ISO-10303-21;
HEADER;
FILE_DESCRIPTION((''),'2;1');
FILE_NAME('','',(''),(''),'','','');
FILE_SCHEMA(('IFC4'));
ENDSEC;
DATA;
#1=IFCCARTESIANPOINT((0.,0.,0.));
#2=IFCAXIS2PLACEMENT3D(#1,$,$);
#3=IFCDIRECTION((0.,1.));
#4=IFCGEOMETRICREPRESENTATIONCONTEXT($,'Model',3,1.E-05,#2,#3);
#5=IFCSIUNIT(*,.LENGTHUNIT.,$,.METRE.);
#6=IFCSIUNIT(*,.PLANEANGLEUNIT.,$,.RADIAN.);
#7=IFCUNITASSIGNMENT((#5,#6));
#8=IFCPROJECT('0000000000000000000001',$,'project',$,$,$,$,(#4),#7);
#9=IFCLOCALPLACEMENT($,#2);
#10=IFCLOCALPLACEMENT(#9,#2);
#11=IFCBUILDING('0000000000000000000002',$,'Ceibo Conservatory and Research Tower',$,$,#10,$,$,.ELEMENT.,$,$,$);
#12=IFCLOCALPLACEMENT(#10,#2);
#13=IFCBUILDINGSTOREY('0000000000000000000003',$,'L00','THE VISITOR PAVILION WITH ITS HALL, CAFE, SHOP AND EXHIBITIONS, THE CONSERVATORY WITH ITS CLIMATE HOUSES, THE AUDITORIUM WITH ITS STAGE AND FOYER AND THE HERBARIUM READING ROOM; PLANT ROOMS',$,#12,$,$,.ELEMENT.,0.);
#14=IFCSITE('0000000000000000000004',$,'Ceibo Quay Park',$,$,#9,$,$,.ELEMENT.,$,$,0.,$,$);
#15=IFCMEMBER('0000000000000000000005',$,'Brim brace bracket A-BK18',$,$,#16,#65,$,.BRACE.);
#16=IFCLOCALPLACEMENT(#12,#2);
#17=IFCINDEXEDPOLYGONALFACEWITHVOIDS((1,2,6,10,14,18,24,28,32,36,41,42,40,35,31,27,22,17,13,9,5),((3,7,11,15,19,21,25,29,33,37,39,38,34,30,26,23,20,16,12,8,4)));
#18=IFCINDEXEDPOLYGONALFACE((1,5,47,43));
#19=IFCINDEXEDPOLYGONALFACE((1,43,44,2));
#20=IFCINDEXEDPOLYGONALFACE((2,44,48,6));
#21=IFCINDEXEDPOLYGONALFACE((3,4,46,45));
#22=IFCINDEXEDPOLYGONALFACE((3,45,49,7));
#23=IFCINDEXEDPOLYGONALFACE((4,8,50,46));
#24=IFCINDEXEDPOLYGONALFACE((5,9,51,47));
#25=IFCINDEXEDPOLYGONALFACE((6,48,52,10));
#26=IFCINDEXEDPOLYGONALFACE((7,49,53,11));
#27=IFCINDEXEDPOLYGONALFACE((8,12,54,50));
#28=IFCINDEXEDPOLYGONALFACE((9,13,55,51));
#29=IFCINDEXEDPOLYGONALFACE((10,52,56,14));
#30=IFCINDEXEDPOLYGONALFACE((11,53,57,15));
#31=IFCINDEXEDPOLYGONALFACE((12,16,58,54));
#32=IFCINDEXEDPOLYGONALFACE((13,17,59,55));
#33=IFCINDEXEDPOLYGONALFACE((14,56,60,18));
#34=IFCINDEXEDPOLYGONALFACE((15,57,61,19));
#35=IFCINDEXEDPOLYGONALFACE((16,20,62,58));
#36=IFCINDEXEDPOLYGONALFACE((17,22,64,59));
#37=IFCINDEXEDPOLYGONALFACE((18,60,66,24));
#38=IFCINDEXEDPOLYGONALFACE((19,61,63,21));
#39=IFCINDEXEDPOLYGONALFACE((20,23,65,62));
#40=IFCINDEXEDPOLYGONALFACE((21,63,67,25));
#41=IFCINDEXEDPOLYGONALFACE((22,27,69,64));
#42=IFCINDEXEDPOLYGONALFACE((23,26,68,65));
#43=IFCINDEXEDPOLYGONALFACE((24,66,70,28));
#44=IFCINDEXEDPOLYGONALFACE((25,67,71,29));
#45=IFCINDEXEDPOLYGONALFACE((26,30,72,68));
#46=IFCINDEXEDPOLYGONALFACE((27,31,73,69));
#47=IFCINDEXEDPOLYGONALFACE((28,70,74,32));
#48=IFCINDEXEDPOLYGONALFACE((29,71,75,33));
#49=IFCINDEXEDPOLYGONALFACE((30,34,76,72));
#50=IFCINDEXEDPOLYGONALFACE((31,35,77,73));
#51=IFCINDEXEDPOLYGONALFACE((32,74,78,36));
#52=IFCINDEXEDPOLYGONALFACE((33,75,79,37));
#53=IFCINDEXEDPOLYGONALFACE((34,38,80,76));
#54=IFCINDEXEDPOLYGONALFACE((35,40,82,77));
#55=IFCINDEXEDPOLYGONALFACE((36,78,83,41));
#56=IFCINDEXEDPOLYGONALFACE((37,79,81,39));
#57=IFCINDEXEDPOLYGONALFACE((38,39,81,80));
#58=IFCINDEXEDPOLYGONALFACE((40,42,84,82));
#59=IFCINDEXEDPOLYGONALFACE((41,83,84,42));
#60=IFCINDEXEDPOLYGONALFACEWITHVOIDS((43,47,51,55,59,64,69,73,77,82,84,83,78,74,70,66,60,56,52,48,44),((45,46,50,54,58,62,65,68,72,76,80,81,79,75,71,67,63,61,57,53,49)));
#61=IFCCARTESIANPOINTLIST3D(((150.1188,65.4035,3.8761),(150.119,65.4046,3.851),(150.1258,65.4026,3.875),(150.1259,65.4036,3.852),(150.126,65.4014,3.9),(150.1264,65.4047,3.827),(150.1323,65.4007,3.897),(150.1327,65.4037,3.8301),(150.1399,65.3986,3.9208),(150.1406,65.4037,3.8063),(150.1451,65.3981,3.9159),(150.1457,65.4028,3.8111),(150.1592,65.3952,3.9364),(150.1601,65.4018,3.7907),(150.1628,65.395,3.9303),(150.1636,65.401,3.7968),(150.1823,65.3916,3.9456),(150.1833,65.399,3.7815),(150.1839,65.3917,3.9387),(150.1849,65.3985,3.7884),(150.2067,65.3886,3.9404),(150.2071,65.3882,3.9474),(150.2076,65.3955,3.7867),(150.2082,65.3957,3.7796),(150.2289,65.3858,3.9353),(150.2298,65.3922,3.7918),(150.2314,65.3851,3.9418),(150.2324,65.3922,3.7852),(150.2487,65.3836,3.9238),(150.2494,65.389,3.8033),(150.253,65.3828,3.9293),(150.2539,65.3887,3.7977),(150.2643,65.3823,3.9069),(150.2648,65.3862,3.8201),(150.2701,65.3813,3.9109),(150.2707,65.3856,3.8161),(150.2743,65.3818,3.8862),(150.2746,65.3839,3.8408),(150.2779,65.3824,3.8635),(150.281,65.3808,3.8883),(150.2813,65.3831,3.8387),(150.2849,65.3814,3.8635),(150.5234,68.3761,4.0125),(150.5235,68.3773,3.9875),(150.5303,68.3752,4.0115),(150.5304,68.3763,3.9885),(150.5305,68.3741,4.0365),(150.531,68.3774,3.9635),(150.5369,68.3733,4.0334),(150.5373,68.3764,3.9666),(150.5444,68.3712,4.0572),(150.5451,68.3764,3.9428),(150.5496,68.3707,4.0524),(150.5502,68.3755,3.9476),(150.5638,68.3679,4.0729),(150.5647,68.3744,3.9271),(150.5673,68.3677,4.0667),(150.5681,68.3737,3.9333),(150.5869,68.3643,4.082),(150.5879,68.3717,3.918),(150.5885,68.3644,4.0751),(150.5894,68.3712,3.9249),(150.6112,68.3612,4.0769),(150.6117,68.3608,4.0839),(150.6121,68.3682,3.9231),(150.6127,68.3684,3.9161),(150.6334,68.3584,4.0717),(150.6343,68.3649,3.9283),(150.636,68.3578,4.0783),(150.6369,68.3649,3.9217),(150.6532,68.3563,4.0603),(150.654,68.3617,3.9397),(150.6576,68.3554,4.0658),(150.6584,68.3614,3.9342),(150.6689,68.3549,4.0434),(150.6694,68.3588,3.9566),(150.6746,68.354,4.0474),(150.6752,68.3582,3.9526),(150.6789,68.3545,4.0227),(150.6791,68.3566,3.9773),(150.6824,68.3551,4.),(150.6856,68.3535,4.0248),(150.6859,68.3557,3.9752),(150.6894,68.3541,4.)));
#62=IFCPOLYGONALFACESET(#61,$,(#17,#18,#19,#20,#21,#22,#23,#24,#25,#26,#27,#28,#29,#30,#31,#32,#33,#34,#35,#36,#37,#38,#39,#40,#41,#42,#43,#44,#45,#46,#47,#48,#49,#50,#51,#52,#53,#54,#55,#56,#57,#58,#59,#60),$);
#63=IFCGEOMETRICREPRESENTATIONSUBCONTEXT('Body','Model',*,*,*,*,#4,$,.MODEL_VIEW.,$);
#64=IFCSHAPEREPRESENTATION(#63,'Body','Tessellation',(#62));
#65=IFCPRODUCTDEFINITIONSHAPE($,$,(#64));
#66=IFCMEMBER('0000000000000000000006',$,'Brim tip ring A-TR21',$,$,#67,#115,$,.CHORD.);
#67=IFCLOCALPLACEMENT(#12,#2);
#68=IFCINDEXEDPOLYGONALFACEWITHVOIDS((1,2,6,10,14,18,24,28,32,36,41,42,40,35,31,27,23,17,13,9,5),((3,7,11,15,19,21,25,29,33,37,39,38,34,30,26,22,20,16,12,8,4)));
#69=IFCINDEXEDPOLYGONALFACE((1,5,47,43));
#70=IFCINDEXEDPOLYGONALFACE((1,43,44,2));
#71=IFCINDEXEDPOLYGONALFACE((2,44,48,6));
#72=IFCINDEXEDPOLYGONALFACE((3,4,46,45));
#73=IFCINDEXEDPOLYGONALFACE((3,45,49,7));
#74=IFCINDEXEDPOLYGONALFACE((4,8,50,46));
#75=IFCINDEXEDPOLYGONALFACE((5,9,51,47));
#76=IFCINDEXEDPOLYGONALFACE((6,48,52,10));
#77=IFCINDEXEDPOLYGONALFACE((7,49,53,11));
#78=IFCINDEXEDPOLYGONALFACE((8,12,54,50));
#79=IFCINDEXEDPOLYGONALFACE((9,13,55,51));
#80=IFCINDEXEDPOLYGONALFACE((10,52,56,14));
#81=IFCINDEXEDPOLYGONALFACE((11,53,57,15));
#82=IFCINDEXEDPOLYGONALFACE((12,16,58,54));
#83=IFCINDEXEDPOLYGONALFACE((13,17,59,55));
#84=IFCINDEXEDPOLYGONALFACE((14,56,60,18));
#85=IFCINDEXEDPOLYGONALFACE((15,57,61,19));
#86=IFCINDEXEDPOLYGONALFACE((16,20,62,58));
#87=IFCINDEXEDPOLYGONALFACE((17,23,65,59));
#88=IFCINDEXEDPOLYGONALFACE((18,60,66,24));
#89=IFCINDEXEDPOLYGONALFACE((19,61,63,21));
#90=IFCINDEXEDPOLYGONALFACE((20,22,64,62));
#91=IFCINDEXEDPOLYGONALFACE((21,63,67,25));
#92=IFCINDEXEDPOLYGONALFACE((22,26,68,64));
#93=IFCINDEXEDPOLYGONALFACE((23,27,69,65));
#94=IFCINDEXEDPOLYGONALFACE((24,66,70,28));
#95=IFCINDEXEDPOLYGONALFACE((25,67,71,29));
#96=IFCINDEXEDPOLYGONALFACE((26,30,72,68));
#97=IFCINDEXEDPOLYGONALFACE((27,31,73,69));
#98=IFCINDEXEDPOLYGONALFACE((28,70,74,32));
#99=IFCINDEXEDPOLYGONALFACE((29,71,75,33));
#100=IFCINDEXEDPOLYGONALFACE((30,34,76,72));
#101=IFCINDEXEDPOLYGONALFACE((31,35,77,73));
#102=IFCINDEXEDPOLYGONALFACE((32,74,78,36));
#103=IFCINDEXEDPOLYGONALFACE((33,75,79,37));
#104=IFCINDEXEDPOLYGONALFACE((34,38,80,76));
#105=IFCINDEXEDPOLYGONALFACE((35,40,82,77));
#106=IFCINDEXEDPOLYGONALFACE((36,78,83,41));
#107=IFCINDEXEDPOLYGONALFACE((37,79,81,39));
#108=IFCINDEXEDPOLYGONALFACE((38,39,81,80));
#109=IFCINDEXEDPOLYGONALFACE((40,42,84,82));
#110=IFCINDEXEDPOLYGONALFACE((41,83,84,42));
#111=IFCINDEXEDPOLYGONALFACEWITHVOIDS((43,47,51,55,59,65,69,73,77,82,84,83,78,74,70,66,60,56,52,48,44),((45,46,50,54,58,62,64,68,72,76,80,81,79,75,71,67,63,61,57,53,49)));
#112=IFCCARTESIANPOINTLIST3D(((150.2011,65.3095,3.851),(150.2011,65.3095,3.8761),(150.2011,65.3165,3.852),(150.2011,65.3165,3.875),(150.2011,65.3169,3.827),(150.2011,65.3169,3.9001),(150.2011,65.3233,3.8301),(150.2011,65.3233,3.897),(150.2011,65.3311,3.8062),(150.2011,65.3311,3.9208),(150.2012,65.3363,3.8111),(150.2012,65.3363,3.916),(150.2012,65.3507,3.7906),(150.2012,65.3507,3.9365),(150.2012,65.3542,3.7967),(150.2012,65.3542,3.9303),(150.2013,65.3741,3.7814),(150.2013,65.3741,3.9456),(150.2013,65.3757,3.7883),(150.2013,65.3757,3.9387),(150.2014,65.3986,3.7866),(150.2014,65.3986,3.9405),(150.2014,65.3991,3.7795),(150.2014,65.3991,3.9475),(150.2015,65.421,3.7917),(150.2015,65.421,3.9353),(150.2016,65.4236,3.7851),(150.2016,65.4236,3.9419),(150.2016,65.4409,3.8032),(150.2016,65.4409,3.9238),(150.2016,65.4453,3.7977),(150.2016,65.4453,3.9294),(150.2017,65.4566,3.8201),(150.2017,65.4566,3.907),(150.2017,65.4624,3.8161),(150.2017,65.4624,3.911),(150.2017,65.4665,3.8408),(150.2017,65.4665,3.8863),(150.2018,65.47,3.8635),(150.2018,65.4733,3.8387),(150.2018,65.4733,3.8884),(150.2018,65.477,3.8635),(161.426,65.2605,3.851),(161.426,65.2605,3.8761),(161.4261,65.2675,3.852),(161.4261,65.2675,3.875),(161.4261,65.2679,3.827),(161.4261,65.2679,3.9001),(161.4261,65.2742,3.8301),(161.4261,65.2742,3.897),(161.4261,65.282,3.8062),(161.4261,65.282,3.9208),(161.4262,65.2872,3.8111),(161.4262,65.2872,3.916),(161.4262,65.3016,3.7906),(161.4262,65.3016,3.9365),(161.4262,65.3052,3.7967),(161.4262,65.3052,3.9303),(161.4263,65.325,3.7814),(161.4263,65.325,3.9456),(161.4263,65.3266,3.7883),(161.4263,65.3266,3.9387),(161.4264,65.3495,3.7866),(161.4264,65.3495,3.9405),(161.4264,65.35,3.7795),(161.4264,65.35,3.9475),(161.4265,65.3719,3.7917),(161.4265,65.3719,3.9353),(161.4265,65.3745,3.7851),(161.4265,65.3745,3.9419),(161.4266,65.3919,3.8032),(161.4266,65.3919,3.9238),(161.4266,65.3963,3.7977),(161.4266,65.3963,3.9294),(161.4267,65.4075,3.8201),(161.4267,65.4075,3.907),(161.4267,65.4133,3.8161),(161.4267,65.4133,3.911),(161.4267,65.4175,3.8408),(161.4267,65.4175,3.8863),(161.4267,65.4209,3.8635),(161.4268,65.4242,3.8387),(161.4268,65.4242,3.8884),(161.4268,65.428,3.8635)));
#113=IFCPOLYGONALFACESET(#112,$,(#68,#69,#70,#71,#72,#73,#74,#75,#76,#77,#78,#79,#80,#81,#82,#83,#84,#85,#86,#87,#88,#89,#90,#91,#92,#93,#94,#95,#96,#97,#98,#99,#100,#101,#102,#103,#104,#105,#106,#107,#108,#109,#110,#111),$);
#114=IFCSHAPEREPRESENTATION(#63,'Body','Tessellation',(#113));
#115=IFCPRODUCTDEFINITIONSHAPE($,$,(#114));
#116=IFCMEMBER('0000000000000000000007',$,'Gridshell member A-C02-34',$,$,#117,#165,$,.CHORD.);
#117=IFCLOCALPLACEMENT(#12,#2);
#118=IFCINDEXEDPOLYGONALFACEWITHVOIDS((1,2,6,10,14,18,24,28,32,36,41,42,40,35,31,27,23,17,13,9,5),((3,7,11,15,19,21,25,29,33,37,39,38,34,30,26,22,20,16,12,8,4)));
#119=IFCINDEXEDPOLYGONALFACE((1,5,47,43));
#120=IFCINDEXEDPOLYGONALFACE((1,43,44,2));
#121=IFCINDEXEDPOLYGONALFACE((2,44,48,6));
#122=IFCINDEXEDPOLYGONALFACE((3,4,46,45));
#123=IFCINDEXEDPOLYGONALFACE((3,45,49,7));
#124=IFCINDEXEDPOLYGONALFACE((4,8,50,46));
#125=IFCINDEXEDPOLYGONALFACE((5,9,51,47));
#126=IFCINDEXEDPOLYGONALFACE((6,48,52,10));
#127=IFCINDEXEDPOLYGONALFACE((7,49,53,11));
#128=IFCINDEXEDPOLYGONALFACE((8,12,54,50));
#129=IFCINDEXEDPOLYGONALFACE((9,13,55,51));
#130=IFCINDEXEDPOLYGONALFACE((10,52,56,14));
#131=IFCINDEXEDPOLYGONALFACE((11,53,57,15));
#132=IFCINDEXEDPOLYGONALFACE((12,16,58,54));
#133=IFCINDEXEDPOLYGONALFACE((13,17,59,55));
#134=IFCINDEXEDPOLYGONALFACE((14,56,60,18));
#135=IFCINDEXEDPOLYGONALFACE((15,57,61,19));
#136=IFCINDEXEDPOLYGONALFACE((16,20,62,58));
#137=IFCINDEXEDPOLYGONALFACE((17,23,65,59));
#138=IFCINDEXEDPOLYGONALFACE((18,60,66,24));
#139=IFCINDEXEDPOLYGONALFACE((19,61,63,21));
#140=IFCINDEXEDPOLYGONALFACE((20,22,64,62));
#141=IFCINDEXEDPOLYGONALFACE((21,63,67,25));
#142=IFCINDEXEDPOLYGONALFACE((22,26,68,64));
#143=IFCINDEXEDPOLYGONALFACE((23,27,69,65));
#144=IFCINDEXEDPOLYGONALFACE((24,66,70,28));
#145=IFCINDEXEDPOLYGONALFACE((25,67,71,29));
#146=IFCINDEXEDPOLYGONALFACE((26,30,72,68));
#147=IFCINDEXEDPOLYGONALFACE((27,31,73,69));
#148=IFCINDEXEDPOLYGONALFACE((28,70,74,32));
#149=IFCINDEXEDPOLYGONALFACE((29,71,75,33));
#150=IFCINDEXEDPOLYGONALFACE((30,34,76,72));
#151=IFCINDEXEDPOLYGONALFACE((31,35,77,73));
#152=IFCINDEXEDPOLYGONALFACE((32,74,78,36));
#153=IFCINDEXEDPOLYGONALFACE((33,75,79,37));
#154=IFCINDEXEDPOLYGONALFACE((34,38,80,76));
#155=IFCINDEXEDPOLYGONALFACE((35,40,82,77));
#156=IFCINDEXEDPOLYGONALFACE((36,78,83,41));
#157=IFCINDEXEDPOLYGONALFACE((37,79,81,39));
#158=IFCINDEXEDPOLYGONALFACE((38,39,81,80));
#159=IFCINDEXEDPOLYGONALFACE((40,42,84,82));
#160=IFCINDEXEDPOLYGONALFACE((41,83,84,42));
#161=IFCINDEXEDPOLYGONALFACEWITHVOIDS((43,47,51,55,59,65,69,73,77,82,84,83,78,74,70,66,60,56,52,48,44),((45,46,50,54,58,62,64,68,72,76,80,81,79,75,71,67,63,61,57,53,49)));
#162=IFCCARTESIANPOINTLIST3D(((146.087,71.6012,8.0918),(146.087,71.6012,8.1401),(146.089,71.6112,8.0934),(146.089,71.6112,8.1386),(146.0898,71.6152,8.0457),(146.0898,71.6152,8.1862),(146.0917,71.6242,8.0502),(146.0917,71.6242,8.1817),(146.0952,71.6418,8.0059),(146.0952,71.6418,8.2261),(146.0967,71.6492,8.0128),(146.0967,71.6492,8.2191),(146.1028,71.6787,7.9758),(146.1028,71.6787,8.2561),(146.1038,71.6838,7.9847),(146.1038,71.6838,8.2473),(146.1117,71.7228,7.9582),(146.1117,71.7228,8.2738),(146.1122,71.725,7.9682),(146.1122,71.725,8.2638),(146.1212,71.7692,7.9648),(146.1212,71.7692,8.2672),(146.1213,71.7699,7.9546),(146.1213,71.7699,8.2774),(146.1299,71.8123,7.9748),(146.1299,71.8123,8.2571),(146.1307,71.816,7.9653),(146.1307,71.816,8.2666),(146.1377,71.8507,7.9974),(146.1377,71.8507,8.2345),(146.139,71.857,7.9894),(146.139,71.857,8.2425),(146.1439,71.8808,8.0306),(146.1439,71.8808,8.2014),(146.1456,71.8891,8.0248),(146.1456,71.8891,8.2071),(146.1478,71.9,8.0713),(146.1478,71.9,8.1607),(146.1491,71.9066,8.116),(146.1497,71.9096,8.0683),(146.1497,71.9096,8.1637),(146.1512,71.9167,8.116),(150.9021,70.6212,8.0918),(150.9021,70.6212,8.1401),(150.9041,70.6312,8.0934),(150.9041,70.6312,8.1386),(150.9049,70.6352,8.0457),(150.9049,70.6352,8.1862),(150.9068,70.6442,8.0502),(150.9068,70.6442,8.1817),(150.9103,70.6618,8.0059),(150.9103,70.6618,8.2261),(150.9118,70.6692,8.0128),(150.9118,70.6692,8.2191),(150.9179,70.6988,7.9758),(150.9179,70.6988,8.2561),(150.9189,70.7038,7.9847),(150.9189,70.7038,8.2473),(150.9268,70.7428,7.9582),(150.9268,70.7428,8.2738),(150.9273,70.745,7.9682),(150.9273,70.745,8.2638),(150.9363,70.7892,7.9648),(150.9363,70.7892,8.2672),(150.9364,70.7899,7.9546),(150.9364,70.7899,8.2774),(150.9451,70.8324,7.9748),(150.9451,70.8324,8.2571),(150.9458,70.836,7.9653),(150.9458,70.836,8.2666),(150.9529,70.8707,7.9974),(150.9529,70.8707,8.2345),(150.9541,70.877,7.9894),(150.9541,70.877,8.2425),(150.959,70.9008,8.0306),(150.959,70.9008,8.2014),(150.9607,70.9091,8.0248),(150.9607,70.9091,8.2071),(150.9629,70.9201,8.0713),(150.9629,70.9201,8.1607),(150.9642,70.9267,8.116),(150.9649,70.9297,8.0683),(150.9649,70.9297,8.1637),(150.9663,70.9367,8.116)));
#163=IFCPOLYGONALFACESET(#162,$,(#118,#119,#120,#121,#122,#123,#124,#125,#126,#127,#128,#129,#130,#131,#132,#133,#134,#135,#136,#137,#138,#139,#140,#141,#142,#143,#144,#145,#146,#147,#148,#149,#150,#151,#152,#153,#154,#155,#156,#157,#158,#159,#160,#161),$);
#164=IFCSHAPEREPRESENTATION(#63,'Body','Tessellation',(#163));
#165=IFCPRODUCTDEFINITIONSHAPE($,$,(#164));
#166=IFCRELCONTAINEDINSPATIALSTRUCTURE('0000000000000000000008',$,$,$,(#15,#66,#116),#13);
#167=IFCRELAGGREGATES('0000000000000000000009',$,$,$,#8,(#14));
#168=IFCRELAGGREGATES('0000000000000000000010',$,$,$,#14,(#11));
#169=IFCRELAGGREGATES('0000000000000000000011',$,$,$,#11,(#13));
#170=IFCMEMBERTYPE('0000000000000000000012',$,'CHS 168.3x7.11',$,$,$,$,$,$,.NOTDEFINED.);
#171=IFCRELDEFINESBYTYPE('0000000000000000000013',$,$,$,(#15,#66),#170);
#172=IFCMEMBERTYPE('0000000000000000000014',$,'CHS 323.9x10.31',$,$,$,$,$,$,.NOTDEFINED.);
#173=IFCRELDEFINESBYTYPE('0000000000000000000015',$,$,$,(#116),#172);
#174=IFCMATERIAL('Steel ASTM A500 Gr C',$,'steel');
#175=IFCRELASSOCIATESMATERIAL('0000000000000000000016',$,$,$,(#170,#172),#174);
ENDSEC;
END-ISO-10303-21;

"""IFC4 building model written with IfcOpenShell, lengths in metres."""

from ifc_helpers import new_model, si_unit, direction, frame, origin, origin_2d, place, context, subcontext, project, spatial, hollow_circle, extrude, material, material_profile, profile_set, type_object, element, save


model = new_model("IFC4")

# Units and contexts
model_context = context("Model", 3, precision=1e-05, world=origin(), true_north=direction((0.0, 1.0)))
body_context = subcontext(model_context, "Body", "Model", "MODEL_VIEW")
ifc_project = project(units=[si_unit("LENGTHUNIT", "METRE"), si_unit("PLANEANGLEUNIT", "RADIAN")], contexts=[model_context])

# Site, building, storey
site_placement = place(None, origin())
site = spatial("IfcSite", under=ifc_project, at=site_placement, Name="Ceibo Quay Park", CompositionType="ELEMENT", RefElevation=0.0)
building_placement = place(site_placement, origin())
building = spatial("IfcBuilding", under=site, at=building_placement, Name="Ceibo Conservatory and Research Tower", CompositionType="ELEMENT")
storey_placement = place(building_placement, origin())
storey = spatial("IfcBuildingStorey", under=building, at=storey_placement, Name="L00", Description="THE VISITOR PAVILION WITH ITS HALL, CAFE, SHOP AND EXHIBITIONS, THE CONSERVATORY WITH ITS CLIMATE HOUSES, THE AUDITORIUM WITH ITS STAGE AND FOYER AND THE HERBARIUM READING ROOM; PLANT ROOMS", CompositionType="ELEMENT", Elevation=0.0)

# Members
ifc_material_1 = material(Name="Steel ASTM A500 Gr C", Category="steel")
ifc_material_profile_1 = material_profile(ifc_material_1, hollow_circle(Radius=0.0842, WallThickness=0.0071, at=origin_2d()), Name="CHS 168.3x7.11")
ifc_profile_set_1 = profile_set([ifc_material_profile_1], Name="Steel ASTM A500 Gr C")
member_type_1 = type_object("IfcMemberType", Name="CHS 168.3x7.11", PredefinedType="NOTDEFINED", material=ifc_profile_set_1)
member_1_placement = place(storey_placement, frame((150.606, 68.3655, 4.0), z_axis=(-0.134705, -0.989843, -0.045444), x_axis=(0.990867, -0.134844, 0.0)))
element("IfcMember", 1, at=member_1_placement, inside=storey, type_object=member_type_1, Name="Brim brace bracket A-BK18", PredefinedType="BRACE", context=body_context, shape_type="SweptSolid", body=[
    extrude(hollow_circle(Radius=0.0842, WallThickness=0.0071, at=origin_2d()), origin(), (0.0, 0.0, 1.0), 3.0032),
])
member_2_placement = place(storey_placement, frame((150.2014, 65.3928, 3.8635), z_axis=(0.99999, -0.004372, 0.0), x_axis=(0.004372, 0.99999, 0.0)))
element("IfcMember", 2, at=member_2_placement, inside=storey, type_object=member_type_1, Name="Brim tip ring A-TR21", PredefinedType="CHORD", context=body_context, shape_type="SweptSolid", body=[
    extrude(hollow_circle(Radius=0.0842, WallThickness=0.0071, at=origin_2d()), origin(), (0.0, 0.0, 1.0), 11.2251),
])
ifc_material_profile_2 = material_profile(ifc_material_1, hollow_circle(Radius=0.1619, WallThickness=0.0103, at=origin_2d()), Name="CHS 323.9x10.31")
ifc_profile_set_2 = profile_set([ifc_material_profile_2], Name="Steel ASTM A500 Gr C")
member_type_2 = type_object("IfcMemberType", Name="CHS 323.9x10.31", PredefinedType="NOTDEFINED", material=ifc_profile_set_2)
for number, where, z_axis, x_axis, name in (
    (3, (146.1189, 71.7581, 8.116), (0.979912, -0.19943, 0.0), (0.19943, 0.979912, 0.0), "Gridshell member A-C02-34"),
):
    element("IfcMember", number, at=place(storey_placement, frame(where, z_axis=z_axis, x_axis=x_axis)), inside=storey, type_object=member_type_2, Name=name, PredefinedType="CHORD", context=body_context, shape_type="SweptSolid", body=[
        extrude(hollow_circle(Radius=0.1619, WallThickness=0.0103, at=origin_2d()), origin(), (0.0, 0.0, 1.0), 4.9138),
    ])

save(model, "model.ifc")
